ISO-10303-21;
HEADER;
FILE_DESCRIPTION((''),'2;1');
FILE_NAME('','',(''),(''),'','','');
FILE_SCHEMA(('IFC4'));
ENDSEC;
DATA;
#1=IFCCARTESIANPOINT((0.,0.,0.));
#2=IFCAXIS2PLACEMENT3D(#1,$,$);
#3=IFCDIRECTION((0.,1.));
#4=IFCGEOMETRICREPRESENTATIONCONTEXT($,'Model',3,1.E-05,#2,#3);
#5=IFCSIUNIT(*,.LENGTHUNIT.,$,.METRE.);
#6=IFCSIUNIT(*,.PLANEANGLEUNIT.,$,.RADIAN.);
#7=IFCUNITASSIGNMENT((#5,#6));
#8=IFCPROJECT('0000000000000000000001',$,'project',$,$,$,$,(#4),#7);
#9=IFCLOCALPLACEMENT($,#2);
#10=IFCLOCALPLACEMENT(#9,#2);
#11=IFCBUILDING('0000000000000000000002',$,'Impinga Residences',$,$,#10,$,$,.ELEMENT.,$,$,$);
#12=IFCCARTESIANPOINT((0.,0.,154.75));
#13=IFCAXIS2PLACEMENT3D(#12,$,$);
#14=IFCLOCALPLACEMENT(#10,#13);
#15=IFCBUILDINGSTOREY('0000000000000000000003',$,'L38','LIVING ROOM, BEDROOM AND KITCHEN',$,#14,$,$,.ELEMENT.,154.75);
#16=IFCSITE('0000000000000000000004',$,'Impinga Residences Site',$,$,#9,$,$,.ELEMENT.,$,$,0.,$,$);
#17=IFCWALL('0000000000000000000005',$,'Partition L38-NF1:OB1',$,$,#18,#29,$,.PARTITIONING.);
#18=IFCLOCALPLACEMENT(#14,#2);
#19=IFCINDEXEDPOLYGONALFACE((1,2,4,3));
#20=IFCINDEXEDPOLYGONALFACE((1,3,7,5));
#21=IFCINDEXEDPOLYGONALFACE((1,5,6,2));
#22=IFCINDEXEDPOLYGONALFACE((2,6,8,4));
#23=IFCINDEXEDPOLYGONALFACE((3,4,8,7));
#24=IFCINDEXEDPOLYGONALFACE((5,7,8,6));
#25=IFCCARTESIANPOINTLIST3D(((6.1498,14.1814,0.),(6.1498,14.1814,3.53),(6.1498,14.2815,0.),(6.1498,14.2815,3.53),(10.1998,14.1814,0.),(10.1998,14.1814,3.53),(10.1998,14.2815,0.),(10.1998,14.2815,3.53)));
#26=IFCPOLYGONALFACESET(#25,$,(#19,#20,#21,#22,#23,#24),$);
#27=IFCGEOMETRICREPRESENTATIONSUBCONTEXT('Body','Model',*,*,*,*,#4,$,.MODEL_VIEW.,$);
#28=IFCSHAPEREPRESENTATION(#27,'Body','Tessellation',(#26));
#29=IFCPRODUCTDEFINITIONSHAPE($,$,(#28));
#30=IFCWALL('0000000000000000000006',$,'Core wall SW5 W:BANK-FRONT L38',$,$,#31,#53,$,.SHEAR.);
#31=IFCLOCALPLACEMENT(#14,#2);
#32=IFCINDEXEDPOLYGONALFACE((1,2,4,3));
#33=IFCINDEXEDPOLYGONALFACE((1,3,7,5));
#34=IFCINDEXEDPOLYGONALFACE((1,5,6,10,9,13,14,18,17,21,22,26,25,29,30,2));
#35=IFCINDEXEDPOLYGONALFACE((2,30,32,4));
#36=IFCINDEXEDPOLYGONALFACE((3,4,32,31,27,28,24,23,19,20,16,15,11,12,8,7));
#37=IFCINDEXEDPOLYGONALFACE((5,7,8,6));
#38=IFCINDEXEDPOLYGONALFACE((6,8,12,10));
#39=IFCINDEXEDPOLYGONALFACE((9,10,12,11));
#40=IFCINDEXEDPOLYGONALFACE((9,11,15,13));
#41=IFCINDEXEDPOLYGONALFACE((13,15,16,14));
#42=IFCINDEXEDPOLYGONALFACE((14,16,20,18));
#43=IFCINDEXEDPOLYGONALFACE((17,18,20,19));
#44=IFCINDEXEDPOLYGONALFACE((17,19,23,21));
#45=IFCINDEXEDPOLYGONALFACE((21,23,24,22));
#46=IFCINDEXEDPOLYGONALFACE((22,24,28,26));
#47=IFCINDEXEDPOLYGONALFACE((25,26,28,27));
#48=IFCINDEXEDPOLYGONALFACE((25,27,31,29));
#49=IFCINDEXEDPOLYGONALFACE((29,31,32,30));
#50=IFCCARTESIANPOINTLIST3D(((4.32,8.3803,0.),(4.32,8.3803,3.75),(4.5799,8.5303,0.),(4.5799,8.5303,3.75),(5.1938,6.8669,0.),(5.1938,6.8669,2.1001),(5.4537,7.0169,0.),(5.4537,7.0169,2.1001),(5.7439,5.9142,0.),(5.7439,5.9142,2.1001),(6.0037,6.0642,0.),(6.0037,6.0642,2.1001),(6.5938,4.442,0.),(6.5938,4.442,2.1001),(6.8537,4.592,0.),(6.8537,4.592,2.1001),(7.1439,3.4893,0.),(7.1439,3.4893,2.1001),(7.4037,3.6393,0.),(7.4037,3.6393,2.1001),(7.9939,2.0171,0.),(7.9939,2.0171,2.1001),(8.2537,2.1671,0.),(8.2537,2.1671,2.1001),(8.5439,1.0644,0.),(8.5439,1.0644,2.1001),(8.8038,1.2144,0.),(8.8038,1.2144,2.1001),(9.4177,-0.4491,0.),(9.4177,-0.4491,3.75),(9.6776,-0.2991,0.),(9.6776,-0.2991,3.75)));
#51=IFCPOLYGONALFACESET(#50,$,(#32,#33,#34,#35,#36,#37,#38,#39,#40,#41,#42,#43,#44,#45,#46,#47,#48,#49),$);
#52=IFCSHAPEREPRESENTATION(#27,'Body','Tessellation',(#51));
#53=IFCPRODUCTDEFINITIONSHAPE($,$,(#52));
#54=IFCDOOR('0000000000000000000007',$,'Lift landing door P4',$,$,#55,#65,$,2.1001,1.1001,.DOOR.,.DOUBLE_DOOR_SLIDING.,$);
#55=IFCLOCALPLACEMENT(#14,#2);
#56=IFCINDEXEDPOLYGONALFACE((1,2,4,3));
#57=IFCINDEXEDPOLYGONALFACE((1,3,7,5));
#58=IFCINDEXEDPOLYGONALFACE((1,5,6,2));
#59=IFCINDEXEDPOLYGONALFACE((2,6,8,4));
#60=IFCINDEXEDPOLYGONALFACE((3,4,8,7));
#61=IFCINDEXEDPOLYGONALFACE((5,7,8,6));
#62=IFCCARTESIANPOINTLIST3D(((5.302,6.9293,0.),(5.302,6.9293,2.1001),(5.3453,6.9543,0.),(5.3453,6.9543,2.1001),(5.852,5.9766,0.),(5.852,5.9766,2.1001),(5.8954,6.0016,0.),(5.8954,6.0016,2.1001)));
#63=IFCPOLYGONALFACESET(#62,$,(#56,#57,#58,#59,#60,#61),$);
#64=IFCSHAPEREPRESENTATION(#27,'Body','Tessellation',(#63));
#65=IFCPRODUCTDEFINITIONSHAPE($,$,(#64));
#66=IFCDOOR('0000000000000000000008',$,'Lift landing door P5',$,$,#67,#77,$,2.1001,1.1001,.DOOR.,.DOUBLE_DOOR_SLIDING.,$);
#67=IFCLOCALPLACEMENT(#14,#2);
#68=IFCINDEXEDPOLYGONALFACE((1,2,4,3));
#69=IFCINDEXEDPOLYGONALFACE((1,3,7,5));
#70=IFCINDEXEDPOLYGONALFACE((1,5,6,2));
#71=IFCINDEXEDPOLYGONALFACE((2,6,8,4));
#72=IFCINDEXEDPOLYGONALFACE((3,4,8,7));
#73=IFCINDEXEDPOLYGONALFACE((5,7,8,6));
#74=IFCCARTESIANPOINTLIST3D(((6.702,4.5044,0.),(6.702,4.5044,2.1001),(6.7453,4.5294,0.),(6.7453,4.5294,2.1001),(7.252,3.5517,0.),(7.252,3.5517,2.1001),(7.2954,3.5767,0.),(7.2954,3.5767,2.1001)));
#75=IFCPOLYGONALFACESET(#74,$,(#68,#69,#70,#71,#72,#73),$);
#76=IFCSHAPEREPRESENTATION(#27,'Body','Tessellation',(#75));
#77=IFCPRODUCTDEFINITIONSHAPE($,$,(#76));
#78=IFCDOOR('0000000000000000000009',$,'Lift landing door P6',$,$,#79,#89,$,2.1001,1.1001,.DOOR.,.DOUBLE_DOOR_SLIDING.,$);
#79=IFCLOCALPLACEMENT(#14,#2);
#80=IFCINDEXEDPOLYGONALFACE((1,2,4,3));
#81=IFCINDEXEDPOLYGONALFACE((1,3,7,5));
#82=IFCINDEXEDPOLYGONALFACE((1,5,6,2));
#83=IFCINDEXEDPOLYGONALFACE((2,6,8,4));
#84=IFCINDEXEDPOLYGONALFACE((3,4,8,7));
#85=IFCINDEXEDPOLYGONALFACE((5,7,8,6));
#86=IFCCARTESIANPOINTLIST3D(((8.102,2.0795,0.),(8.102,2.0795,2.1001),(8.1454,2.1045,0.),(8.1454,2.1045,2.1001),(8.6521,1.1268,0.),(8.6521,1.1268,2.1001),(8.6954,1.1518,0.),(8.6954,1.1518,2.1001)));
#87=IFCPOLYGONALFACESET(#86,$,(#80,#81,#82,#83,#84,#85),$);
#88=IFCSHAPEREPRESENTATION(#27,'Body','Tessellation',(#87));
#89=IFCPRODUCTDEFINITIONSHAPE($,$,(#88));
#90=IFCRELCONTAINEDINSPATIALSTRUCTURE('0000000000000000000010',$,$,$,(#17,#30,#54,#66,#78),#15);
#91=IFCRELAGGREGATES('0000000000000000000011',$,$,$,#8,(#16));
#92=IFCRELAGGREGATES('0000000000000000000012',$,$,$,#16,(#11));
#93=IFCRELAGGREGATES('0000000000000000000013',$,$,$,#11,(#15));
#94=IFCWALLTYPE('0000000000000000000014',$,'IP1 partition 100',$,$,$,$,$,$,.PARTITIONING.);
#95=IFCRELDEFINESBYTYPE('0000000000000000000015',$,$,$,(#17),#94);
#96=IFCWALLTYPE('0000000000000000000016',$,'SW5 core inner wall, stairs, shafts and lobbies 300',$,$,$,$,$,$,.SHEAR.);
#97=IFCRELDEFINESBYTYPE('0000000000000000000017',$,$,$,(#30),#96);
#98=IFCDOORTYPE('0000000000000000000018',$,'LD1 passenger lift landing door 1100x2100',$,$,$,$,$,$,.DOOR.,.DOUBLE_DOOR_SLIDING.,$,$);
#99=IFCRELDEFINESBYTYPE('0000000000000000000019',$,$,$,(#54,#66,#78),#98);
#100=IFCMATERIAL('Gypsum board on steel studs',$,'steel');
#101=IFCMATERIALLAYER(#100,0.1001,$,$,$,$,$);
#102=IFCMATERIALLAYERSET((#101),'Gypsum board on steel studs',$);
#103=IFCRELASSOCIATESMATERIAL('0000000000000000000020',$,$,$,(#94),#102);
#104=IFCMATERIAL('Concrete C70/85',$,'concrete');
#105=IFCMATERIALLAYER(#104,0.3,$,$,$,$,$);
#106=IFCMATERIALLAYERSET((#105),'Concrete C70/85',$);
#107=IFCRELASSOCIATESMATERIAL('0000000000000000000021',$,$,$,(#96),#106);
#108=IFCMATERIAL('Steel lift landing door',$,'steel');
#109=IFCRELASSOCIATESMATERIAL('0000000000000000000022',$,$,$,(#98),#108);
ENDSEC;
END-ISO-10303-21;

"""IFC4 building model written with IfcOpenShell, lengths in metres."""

from ifc_helpers import new_model, si_unit, direction, frame, frame_2d, origin, place, context, subcontext, project, spatial, rectangle, extrude, material, layer, layer_set, type_object, element, fill, save


model = new_model("IFC4")

# Units and contexts
model_context = context("Model", 3, precision=1e-05, world=origin(), true_north=direction((0.0, 1.0)))
body_context = subcontext(model_context, "Body", "Model", "MODEL_VIEW")
ifc_project = project(units=[si_unit("LENGTHUNIT", "METRE"), si_unit("PLANEANGLEUNIT", "RADIAN")], contexts=[model_context])

# Site, building, storey
site_placement = place(None, origin())
site = spatial("IfcSite", under=ifc_project, at=site_placement, Name="Impinga Residences Site", CompositionType="ELEMENT", RefElevation=0.0)
building_placement = place(site_placement, origin())
building = spatial("IfcBuilding", under=site, at=building_placement, Name="Impinga Residences", CompositionType="ELEMENT")
storey_placement = place(building_placement, frame((0.0, 0.0, 154.75)))
storey = spatial("IfcBuildingStorey", under=building, at=storey_placement, Name="L38", Description="LIVING ROOM, BEDROOM AND KITCHEN", CompositionType="ELEMENT", Elevation=154.75)

# Shared definitions
ifc_material_1 = material(Name="Gypsum board on steel studs", Category="steel")
ifc_layer_1 = layer(ifc_material_1, 0.1001)
ifc_layer_set_1 = layer_set([ifc_layer_1], Name="Gypsum board on steel studs")
wall_type_1 = type_object("IfcWallType", Name="IP1 partition 100", PredefinedType="PARTITIONING", material=ifc_layer_set_1)

# Wall
wall_1_placement = place(storey_placement, frame((6.1499, 14.2314, 0.0), z_axis=(0.0, 0.0, 1.0), x_axis=(1.0, 0.0, 0.0)))
element("IfcWall", 1, at=wall_1_placement, inside=storey, type_object=wall_type_1, Name="Partition L38-NF1:OB1", PredefinedType="PARTITIONING", context=body_context, shape_type="SweptSolid", body=[
    extrude(rectangle(XDim=4.05, YDim=0.1001, at=frame_2d((2.0249, 0.0))), origin(), (0.0, 0.0, 1.0), 3.53),
])

# Wall, openings, doors
ifc_material_2 = material(Name="Concrete C70/85", Category="concrete")
ifc_layer_2 = layer(ifc_material_2, 0.3)
ifc_layer_set_2 = layer_set([ifc_layer_2], Name="Concrete C70/85")
wall_type_2 = type_object("IfcWallType", Name="SW5 core inner wall, stairs, shafts and lobbies 300", PredefinedType="SHEAR", material=ifc_layer_set_2)
wall_2_placement = place(storey_placement, frame((4.45, 8.4553, 0.0), z_axis=(0.0, 0.0, 1.0), x_axis=(0.500002, -0.866024, 0.0)))
wall_2 = element("IfcWall", 2, at=wall_2_placement, inside=storey, type_object=wall_type_2, Name="Core wall SW5 W:BANK-FRONT L38", PredefinedType="SHEAR", context=body_context, shape_type="SweptSolid", body=[
    extrude(rectangle(XDim=10.1953, YDim=0.3, at=frame_2d((5.0977, 0.0))), origin(), (0.0, 0.0, 1.0), 3.75),
])
opening_1_placement = place(wall_2_placement, frame((1.7476, 0.0, 0.0)))
opening_1 = element("IfcOpeningElement", 3, at=opening_1_placement, cuts=wall_2, PredefinedType="OPENING", context=body_context, shape_type="SweptSolid", body=[
    extrude(rectangle(XDim=1.1001, YDim=2.1001, at=frame_2d((0.55, 1.05))), frame((0.0, 0.1599, 0.0), z_axis=(0.0, -1.0, 0.0), x_axis=(1.0, 0.0, 0.0)), (0.0, 0.0, 1.0), 0.3201),
])
opening_2_placement = place(wall_2_placement, frame((4.5476, 0.0, 0.0)))
opening_2 = element("IfcOpeningElement", 4, at=opening_2_placement, cuts=wall_2, PredefinedType="OPENING", context=body_context, shape_type="SweptSolid", body=[
    extrude(rectangle(XDim=1.1001, YDim=2.1001, at=frame_2d((0.55, 1.05))), frame((0.0, 0.1599, 0.0), z_axis=(0.0, -1.0, 0.0), x_axis=(1.0, 0.0, 0.0)), (0.0, 0.0, 1.0), 0.3201),
])
opening_3_placement = place(wall_2_placement, frame((7.3477, 0.0, 0.0)))
opening_3 = element("IfcOpeningElement", 5, at=opening_3_placement, cuts=wall_2, PredefinedType="OPENING", context=body_context, shape_type="SweptSolid", body=[
    extrude(rectangle(XDim=1.1001, YDim=2.1001, at=frame_2d((0.55, 1.05))), frame((0.0, 0.1599, 0.0), z_axis=(0.0, -1.0, 0.0), x_axis=(1.0, 0.0, 0.0)), (0.0, 0.0, 1.0), 0.3201),
])
ifc_material_3 = material(Name="Steel lift landing door", Category="steel")
door_type_1 = type_object("IfcDoorType", Name="LD1 passenger lift landing door 1100x2100", OperationType="DOUBLE_DOOR_SLIDING", PredefinedType="DOOR", material=ifc_material_3)
door_1_placement = place(opening_1_placement, origin())
door_1 = element("IfcDoor", 6, at=door_1_placement, inside=storey, type_object=door_type_1, Name="Lift landing door P4", OperationType="DOUBLE_DOOR_SLIDING", OverallHeight=2.1001, OverallWidth=1.1001, PredefinedType="DOOR", context=body_context, shape_type="SweptSolid", body=[
    extrude(rectangle(XDim=1.1001, YDim=2.1001, at=frame_2d((0.55, 1.05))), frame((0.0, 0.0249, 0.0), z_axis=(0.0, -1.0, 0.0), x_axis=(1.0, 0.0, 0.0)), (0.0, 0.0, 1.0), 0.05),
])
fill(opening_1, door_1)
door_2_placement = place(opening_2_placement, origin())
door_2 = element("IfcDoor", 7, at=door_2_placement, inside=storey, type_object=door_type_1, Name="Lift landing door P5", OperationType="DOUBLE_DOOR_SLIDING", OverallHeight=2.1001, OverallWidth=1.1001, PredefinedType="DOOR", context=body_context, shape_type="SweptSolid", body=[
    extrude(rectangle(XDim=1.1001, YDim=2.1001, at=frame_2d((0.55, 1.05))), frame((0.0, 0.0249, 0.0), z_axis=(0.0, -1.0, 0.0), x_axis=(1.0, 0.0, 0.0)), (0.0, 0.0, 1.0), 0.05),
])
fill(opening_2, door_2)
door_3_placement = place(opening_3_placement, origin())
door_3 = element("IfcDoor", 8, at=door_3_placement, inside=storey, type_object=door_type_1, Name="Lift landing door P6", OperationType="DOUBLE_DOOR_SLIDING", OverallHeight=2.1001, OverallWidth=1.1001, PredefinedType="DOOR", context=body_context, shape_type="SweptSolid", body=[
    extrude(rectangle(XDim=1.1001, YDim=2.1001, at=frame_2d((0.55, 1.05))), frame((0.0, 0.0249, 0.0), z_axis=(0.0, -1.0, 0.0), x_axis=(1.0, 0.0, 0.0)), (0.0, 0.0, 1.0), 0.05),
])
fill(opening_3, door_3)

save(model, "model.ifc")
